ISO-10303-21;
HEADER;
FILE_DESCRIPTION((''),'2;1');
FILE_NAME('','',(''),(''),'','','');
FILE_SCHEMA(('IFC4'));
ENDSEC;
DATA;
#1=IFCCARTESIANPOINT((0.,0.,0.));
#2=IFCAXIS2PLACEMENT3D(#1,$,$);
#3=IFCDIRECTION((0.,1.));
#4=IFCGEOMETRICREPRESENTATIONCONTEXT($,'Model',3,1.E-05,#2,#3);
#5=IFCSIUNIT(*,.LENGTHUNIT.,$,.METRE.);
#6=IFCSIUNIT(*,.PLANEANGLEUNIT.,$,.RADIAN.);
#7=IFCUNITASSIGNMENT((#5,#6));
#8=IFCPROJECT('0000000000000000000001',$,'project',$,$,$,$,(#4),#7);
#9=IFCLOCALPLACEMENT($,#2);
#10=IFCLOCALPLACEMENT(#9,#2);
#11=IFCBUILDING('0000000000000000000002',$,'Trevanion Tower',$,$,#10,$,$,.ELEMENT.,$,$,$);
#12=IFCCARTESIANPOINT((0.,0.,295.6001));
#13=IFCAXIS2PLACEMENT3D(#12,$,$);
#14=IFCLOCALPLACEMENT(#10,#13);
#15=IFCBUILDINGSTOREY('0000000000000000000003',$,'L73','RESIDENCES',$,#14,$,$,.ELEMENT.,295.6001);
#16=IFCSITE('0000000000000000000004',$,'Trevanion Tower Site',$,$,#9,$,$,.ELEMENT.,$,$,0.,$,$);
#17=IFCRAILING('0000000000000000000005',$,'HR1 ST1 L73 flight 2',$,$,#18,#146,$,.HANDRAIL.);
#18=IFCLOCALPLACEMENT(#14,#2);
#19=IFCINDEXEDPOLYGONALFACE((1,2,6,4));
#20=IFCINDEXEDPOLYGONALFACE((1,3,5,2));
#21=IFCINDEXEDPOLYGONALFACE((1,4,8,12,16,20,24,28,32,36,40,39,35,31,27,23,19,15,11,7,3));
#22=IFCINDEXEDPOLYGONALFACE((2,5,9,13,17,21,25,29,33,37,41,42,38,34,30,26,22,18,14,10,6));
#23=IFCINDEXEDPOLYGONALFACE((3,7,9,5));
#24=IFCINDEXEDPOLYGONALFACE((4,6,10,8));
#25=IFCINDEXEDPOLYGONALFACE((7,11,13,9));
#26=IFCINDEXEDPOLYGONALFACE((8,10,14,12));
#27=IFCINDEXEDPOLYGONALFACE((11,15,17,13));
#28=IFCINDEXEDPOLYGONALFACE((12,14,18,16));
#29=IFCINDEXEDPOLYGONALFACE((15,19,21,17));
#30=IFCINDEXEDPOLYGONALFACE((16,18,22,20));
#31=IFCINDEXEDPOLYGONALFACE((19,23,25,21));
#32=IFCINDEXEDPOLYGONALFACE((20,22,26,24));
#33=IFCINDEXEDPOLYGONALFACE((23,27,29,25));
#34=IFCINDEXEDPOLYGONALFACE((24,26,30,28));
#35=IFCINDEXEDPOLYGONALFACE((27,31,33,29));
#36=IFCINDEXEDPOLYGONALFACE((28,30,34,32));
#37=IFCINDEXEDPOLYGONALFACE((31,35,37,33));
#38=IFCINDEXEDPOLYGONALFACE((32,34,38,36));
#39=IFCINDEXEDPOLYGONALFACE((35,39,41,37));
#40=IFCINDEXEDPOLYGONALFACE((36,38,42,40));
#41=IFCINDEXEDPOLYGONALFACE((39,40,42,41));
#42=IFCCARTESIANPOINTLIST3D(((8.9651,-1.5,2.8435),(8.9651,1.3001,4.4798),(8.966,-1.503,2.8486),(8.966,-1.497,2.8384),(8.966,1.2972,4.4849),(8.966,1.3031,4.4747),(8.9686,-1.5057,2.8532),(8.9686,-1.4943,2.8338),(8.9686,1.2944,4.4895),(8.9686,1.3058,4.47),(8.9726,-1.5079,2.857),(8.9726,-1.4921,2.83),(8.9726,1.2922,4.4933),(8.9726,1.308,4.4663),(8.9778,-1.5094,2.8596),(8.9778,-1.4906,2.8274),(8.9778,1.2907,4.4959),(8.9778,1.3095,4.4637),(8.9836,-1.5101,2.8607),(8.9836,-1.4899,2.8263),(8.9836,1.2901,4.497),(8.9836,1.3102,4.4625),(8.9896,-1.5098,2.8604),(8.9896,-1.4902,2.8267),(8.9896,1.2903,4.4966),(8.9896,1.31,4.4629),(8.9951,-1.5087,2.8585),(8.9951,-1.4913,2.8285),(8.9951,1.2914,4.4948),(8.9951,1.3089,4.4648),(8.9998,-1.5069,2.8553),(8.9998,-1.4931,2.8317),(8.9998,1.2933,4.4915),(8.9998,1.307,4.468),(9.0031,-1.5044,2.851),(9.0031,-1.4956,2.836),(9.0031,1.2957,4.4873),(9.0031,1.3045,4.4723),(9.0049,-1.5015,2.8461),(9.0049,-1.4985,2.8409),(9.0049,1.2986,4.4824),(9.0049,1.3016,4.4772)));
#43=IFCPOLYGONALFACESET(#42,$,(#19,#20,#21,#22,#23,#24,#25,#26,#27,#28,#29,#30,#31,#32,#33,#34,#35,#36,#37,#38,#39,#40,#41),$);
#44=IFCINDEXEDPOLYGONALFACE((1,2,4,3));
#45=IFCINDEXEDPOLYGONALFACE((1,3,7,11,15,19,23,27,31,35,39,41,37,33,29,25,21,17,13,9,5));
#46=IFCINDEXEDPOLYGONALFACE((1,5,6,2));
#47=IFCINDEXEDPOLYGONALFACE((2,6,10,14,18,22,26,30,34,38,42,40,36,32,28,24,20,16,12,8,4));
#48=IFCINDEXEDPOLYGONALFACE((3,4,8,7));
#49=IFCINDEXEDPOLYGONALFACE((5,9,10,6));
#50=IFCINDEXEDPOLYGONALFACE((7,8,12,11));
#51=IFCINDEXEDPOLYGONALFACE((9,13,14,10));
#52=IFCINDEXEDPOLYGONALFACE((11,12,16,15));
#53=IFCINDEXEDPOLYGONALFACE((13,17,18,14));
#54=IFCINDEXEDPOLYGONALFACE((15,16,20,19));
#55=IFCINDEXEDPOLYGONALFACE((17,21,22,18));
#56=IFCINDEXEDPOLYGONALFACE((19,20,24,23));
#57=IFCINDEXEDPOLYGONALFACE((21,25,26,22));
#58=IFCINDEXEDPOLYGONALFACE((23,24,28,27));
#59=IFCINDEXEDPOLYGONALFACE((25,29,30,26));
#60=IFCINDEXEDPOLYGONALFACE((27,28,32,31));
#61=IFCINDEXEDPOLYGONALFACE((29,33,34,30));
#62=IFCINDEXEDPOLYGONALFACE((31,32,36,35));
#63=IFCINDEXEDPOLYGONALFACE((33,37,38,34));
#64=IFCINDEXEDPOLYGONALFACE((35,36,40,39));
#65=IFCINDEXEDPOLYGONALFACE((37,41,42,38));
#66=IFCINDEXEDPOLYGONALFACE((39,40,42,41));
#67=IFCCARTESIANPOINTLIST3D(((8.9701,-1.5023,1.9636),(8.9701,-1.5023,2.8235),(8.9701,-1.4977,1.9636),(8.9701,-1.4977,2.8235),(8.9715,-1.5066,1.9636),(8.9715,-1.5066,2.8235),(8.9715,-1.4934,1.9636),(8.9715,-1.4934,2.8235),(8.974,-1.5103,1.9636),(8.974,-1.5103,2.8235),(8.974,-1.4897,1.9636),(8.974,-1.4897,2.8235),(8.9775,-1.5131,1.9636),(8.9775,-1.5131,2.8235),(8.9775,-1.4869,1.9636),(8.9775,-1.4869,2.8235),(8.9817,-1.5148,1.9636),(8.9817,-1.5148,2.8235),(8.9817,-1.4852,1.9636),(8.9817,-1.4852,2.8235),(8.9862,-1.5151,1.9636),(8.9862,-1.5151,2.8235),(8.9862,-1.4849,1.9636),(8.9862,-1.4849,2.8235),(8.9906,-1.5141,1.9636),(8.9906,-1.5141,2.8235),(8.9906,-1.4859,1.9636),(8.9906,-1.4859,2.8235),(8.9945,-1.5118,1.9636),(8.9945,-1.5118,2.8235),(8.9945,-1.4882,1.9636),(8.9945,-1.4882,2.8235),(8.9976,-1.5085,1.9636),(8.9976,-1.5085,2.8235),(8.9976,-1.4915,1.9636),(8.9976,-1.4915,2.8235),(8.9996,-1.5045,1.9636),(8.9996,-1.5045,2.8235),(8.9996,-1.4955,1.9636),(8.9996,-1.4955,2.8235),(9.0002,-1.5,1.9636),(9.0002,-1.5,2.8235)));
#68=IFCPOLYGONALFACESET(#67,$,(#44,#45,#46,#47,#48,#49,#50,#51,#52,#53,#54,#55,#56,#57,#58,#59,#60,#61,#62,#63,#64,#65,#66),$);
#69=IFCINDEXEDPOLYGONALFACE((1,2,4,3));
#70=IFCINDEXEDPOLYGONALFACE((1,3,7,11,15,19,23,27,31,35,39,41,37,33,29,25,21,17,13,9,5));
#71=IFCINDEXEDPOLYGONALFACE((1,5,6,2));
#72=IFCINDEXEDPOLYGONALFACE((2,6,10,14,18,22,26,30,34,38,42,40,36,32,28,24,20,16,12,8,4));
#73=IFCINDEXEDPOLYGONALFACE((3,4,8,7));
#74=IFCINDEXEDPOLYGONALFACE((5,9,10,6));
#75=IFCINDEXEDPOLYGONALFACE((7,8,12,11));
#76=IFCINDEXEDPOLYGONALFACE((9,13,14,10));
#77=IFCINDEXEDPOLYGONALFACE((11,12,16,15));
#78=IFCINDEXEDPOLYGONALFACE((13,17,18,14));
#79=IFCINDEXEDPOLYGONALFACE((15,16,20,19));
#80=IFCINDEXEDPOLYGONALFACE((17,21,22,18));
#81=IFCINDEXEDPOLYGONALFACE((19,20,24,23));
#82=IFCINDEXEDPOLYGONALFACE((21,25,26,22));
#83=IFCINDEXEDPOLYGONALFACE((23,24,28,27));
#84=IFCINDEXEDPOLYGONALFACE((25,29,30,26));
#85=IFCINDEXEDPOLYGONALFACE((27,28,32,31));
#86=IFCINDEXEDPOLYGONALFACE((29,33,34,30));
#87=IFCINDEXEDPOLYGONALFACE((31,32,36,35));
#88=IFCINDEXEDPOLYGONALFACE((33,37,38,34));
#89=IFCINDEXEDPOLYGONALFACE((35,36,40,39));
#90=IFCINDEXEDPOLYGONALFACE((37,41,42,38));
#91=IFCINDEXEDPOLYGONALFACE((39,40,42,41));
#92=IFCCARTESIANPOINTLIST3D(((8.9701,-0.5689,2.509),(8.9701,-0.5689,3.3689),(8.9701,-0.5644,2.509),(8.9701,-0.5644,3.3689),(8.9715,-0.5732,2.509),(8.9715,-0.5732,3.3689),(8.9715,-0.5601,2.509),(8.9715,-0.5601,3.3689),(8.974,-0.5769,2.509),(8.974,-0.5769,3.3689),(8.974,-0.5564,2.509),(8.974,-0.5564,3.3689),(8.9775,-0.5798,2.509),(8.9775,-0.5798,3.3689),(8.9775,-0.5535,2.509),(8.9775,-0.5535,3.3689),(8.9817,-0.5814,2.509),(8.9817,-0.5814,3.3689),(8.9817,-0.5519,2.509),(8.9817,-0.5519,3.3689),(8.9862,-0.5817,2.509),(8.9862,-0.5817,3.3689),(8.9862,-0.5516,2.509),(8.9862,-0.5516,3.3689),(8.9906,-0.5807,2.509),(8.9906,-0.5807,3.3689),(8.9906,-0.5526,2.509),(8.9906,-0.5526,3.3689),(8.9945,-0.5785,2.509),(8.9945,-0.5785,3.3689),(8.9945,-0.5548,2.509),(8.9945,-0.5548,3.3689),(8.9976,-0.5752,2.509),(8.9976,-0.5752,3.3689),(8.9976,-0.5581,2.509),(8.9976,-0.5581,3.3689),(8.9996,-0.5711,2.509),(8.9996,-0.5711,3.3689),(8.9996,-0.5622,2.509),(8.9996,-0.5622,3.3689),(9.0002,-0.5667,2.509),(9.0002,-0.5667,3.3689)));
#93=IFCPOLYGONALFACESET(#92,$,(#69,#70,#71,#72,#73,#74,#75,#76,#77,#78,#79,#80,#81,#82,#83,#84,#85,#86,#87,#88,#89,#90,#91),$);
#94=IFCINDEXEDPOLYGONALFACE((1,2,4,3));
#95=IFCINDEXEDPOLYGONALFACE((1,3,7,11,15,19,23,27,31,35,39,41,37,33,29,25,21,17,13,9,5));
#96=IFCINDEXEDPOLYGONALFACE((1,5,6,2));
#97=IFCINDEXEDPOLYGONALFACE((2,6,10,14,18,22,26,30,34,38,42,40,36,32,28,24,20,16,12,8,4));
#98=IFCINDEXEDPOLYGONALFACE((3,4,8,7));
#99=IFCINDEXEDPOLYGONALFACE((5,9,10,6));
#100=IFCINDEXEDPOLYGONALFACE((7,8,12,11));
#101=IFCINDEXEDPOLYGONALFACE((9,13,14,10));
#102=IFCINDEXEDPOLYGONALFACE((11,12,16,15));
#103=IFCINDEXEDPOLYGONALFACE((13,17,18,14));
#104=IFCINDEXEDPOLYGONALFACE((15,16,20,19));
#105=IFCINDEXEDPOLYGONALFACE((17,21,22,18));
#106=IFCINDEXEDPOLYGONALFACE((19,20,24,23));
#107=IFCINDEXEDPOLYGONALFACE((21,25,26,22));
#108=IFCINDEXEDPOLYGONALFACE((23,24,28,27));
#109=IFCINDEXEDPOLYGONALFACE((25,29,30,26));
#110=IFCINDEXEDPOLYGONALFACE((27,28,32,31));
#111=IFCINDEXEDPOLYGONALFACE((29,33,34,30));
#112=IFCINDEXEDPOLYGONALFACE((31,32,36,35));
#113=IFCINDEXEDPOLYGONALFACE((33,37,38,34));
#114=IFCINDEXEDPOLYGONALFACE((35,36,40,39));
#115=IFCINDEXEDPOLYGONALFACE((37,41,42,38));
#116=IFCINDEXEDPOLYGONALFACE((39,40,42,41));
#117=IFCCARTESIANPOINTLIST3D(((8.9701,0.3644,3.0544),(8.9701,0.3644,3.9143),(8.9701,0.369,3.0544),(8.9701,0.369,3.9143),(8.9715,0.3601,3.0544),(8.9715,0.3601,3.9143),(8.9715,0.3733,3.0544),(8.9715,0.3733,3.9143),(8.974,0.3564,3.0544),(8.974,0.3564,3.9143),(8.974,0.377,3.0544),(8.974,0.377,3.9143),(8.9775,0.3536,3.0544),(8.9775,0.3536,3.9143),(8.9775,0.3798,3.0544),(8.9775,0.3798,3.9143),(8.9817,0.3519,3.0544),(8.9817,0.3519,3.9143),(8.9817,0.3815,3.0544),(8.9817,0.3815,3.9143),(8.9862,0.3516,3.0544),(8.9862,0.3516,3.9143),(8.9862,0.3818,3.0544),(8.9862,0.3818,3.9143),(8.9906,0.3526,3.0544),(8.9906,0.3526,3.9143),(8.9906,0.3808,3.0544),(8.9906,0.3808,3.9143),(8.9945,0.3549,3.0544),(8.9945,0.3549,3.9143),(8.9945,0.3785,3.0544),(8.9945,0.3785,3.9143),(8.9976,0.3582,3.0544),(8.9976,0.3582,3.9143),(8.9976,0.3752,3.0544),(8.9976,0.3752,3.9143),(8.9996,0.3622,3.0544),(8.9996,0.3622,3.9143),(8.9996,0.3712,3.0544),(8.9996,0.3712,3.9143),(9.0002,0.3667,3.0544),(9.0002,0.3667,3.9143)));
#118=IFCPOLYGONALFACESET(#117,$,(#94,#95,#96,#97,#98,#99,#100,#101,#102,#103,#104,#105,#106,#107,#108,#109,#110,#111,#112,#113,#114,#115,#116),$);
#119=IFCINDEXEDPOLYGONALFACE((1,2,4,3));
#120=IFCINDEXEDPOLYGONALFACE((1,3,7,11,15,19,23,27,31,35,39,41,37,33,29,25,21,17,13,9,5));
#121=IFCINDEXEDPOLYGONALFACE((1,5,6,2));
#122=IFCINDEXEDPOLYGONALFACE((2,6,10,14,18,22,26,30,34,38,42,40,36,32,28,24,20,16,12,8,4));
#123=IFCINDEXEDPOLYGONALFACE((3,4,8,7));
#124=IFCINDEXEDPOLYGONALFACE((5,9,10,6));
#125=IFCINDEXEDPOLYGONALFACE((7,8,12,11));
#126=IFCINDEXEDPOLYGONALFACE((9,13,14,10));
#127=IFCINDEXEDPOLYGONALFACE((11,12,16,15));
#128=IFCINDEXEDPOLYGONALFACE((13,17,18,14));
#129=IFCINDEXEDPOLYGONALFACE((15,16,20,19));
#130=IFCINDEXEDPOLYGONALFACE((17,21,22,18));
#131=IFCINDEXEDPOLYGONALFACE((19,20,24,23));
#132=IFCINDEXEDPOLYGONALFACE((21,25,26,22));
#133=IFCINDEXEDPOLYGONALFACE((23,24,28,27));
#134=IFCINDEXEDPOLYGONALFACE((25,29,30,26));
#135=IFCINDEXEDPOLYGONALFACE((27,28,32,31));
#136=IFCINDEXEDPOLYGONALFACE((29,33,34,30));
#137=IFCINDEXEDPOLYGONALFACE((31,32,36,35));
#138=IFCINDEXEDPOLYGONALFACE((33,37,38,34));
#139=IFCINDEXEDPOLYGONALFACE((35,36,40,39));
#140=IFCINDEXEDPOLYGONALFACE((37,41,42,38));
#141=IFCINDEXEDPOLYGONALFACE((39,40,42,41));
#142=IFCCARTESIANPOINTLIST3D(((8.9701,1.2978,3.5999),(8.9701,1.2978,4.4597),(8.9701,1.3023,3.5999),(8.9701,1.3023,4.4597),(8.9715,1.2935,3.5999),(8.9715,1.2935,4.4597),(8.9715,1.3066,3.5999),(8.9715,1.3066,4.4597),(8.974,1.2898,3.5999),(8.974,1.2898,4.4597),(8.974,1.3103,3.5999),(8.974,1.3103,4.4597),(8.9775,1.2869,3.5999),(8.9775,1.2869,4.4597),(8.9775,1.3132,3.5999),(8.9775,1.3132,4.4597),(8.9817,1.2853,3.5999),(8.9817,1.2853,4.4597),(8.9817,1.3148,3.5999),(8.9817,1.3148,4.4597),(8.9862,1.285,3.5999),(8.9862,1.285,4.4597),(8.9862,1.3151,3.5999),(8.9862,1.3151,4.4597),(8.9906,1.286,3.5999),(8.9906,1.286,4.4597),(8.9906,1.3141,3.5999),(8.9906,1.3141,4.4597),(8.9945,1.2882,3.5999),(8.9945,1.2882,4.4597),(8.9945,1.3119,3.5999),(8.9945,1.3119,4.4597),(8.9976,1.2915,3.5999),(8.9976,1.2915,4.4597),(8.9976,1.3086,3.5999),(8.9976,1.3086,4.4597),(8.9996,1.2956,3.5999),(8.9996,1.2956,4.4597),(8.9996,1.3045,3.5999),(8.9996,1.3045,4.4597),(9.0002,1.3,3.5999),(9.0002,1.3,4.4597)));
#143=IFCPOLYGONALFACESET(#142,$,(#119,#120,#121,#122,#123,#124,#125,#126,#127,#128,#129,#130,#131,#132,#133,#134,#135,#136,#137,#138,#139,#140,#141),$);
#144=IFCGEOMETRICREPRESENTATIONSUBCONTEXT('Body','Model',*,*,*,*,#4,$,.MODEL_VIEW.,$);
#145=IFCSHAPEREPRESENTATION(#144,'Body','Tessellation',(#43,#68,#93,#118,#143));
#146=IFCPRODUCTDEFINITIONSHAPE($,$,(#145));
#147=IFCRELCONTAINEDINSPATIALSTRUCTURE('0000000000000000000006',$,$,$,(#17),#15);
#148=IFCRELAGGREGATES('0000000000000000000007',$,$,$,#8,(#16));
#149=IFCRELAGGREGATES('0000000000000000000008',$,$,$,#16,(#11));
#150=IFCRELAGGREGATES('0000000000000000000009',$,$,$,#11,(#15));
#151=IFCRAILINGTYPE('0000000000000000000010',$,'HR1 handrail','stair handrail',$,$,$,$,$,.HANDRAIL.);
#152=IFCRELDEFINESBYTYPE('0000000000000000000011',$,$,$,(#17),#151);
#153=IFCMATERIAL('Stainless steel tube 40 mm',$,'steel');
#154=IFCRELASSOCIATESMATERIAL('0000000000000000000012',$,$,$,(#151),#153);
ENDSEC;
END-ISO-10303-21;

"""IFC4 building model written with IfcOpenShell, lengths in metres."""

from ifc_helpers import new_model, si_unit, direction, frame, origin, origin_2d, place, context, subcontext, project, spatial, circle, extrude, material, type_object, element, save


model = new_model("IFC4")

# Units and contexts
model_context = context("Model", 3, precision=1e-05, world=origin(), true_north=direction((0.0, 1.0)))
body_context = subcontext(model_context, "Body", "Model", "MODEL_VIEW")
ifc_project = project(units=[si_unit("LENGTHUNIT", "METRE"), si_unit("PLANEANGLEUNIT", "RADIAN")], contexts=[model_context])

# Site, building, storey
site_placement = place(None, origin())
site = spatial("IfcSite", under=ifc_project, at=site_placement, Name="Trevanion Tower Site", CompositionType="ELEMENT", RefElevation=0.0)
building_placement = place(site_placement, origin())
building = spatial("IfcBuilding", under=site, at=building_placement, Name="Trevanion Tower", CompositionType="ELEMENT")
storey_placement = place(building_placement, frame((0.0, 0.0, 295.6001)))
storey = spatial("IfcBuildingStorey", under=building, at=storey_placement, Name="L73", Description="RESIDENCES", CompositionType="ELEMENT", Elevation=295.6001)

# Railing
ifc_material_1 = material(Name="Stainless steel tube 40 mm", Category="steel")
railing_type = type_object("IfcRailingType", Name="HR1 handrail", Description="stair handrail", PredefinedType="HANDRAIL", material=ifc_material_1)
for number, where, name in (
    (1, (8.9851, -1.5, 1.9636), "HR1 ST1 L73 flight 2"),
):
    element("IfcRailing", number, at=place(storey_placement, frame(where)), inside=storey, type_object=railing_type, Name=name, PredefinedType="HANDRAIL", context=body_context, shape_type="SweptSolid", body=[
        extrude(circle(Radius=0.02, at=origin_2d()), frame((0.0, 0.0, 0.8799), z_axis=(0.0, 0.863394, 0.504531), x_axis=(-1.0, 0.0, 0.0)), (0.0, 0.0, 1.0), 3.2432),
        extrude(circle(Radius=0.0151, at=origin_2d()), origin(), (0.0, 0.0, 1.0), 0.8599),
        extrude(circle(Radius=0.0151, at=origin_2d()), frame((0.0, 0.9333, 0.5454)), (0.0, 0.0, 1.0), 0.8599),
        extrude(circle(Radius=0.0151, at=origin_2d()), frame((0.0, 1.8667, 1.0908)), (0.0, 0.0, 1.0), 0.8599),
        extrude(circle(Radius=0.0151, at=origin_2d()), frame((0.0, 2.8, 1.6362)), (0.0, 0.0, 1.0), 0.8599),
    ])

save(model, "model.ifc")
